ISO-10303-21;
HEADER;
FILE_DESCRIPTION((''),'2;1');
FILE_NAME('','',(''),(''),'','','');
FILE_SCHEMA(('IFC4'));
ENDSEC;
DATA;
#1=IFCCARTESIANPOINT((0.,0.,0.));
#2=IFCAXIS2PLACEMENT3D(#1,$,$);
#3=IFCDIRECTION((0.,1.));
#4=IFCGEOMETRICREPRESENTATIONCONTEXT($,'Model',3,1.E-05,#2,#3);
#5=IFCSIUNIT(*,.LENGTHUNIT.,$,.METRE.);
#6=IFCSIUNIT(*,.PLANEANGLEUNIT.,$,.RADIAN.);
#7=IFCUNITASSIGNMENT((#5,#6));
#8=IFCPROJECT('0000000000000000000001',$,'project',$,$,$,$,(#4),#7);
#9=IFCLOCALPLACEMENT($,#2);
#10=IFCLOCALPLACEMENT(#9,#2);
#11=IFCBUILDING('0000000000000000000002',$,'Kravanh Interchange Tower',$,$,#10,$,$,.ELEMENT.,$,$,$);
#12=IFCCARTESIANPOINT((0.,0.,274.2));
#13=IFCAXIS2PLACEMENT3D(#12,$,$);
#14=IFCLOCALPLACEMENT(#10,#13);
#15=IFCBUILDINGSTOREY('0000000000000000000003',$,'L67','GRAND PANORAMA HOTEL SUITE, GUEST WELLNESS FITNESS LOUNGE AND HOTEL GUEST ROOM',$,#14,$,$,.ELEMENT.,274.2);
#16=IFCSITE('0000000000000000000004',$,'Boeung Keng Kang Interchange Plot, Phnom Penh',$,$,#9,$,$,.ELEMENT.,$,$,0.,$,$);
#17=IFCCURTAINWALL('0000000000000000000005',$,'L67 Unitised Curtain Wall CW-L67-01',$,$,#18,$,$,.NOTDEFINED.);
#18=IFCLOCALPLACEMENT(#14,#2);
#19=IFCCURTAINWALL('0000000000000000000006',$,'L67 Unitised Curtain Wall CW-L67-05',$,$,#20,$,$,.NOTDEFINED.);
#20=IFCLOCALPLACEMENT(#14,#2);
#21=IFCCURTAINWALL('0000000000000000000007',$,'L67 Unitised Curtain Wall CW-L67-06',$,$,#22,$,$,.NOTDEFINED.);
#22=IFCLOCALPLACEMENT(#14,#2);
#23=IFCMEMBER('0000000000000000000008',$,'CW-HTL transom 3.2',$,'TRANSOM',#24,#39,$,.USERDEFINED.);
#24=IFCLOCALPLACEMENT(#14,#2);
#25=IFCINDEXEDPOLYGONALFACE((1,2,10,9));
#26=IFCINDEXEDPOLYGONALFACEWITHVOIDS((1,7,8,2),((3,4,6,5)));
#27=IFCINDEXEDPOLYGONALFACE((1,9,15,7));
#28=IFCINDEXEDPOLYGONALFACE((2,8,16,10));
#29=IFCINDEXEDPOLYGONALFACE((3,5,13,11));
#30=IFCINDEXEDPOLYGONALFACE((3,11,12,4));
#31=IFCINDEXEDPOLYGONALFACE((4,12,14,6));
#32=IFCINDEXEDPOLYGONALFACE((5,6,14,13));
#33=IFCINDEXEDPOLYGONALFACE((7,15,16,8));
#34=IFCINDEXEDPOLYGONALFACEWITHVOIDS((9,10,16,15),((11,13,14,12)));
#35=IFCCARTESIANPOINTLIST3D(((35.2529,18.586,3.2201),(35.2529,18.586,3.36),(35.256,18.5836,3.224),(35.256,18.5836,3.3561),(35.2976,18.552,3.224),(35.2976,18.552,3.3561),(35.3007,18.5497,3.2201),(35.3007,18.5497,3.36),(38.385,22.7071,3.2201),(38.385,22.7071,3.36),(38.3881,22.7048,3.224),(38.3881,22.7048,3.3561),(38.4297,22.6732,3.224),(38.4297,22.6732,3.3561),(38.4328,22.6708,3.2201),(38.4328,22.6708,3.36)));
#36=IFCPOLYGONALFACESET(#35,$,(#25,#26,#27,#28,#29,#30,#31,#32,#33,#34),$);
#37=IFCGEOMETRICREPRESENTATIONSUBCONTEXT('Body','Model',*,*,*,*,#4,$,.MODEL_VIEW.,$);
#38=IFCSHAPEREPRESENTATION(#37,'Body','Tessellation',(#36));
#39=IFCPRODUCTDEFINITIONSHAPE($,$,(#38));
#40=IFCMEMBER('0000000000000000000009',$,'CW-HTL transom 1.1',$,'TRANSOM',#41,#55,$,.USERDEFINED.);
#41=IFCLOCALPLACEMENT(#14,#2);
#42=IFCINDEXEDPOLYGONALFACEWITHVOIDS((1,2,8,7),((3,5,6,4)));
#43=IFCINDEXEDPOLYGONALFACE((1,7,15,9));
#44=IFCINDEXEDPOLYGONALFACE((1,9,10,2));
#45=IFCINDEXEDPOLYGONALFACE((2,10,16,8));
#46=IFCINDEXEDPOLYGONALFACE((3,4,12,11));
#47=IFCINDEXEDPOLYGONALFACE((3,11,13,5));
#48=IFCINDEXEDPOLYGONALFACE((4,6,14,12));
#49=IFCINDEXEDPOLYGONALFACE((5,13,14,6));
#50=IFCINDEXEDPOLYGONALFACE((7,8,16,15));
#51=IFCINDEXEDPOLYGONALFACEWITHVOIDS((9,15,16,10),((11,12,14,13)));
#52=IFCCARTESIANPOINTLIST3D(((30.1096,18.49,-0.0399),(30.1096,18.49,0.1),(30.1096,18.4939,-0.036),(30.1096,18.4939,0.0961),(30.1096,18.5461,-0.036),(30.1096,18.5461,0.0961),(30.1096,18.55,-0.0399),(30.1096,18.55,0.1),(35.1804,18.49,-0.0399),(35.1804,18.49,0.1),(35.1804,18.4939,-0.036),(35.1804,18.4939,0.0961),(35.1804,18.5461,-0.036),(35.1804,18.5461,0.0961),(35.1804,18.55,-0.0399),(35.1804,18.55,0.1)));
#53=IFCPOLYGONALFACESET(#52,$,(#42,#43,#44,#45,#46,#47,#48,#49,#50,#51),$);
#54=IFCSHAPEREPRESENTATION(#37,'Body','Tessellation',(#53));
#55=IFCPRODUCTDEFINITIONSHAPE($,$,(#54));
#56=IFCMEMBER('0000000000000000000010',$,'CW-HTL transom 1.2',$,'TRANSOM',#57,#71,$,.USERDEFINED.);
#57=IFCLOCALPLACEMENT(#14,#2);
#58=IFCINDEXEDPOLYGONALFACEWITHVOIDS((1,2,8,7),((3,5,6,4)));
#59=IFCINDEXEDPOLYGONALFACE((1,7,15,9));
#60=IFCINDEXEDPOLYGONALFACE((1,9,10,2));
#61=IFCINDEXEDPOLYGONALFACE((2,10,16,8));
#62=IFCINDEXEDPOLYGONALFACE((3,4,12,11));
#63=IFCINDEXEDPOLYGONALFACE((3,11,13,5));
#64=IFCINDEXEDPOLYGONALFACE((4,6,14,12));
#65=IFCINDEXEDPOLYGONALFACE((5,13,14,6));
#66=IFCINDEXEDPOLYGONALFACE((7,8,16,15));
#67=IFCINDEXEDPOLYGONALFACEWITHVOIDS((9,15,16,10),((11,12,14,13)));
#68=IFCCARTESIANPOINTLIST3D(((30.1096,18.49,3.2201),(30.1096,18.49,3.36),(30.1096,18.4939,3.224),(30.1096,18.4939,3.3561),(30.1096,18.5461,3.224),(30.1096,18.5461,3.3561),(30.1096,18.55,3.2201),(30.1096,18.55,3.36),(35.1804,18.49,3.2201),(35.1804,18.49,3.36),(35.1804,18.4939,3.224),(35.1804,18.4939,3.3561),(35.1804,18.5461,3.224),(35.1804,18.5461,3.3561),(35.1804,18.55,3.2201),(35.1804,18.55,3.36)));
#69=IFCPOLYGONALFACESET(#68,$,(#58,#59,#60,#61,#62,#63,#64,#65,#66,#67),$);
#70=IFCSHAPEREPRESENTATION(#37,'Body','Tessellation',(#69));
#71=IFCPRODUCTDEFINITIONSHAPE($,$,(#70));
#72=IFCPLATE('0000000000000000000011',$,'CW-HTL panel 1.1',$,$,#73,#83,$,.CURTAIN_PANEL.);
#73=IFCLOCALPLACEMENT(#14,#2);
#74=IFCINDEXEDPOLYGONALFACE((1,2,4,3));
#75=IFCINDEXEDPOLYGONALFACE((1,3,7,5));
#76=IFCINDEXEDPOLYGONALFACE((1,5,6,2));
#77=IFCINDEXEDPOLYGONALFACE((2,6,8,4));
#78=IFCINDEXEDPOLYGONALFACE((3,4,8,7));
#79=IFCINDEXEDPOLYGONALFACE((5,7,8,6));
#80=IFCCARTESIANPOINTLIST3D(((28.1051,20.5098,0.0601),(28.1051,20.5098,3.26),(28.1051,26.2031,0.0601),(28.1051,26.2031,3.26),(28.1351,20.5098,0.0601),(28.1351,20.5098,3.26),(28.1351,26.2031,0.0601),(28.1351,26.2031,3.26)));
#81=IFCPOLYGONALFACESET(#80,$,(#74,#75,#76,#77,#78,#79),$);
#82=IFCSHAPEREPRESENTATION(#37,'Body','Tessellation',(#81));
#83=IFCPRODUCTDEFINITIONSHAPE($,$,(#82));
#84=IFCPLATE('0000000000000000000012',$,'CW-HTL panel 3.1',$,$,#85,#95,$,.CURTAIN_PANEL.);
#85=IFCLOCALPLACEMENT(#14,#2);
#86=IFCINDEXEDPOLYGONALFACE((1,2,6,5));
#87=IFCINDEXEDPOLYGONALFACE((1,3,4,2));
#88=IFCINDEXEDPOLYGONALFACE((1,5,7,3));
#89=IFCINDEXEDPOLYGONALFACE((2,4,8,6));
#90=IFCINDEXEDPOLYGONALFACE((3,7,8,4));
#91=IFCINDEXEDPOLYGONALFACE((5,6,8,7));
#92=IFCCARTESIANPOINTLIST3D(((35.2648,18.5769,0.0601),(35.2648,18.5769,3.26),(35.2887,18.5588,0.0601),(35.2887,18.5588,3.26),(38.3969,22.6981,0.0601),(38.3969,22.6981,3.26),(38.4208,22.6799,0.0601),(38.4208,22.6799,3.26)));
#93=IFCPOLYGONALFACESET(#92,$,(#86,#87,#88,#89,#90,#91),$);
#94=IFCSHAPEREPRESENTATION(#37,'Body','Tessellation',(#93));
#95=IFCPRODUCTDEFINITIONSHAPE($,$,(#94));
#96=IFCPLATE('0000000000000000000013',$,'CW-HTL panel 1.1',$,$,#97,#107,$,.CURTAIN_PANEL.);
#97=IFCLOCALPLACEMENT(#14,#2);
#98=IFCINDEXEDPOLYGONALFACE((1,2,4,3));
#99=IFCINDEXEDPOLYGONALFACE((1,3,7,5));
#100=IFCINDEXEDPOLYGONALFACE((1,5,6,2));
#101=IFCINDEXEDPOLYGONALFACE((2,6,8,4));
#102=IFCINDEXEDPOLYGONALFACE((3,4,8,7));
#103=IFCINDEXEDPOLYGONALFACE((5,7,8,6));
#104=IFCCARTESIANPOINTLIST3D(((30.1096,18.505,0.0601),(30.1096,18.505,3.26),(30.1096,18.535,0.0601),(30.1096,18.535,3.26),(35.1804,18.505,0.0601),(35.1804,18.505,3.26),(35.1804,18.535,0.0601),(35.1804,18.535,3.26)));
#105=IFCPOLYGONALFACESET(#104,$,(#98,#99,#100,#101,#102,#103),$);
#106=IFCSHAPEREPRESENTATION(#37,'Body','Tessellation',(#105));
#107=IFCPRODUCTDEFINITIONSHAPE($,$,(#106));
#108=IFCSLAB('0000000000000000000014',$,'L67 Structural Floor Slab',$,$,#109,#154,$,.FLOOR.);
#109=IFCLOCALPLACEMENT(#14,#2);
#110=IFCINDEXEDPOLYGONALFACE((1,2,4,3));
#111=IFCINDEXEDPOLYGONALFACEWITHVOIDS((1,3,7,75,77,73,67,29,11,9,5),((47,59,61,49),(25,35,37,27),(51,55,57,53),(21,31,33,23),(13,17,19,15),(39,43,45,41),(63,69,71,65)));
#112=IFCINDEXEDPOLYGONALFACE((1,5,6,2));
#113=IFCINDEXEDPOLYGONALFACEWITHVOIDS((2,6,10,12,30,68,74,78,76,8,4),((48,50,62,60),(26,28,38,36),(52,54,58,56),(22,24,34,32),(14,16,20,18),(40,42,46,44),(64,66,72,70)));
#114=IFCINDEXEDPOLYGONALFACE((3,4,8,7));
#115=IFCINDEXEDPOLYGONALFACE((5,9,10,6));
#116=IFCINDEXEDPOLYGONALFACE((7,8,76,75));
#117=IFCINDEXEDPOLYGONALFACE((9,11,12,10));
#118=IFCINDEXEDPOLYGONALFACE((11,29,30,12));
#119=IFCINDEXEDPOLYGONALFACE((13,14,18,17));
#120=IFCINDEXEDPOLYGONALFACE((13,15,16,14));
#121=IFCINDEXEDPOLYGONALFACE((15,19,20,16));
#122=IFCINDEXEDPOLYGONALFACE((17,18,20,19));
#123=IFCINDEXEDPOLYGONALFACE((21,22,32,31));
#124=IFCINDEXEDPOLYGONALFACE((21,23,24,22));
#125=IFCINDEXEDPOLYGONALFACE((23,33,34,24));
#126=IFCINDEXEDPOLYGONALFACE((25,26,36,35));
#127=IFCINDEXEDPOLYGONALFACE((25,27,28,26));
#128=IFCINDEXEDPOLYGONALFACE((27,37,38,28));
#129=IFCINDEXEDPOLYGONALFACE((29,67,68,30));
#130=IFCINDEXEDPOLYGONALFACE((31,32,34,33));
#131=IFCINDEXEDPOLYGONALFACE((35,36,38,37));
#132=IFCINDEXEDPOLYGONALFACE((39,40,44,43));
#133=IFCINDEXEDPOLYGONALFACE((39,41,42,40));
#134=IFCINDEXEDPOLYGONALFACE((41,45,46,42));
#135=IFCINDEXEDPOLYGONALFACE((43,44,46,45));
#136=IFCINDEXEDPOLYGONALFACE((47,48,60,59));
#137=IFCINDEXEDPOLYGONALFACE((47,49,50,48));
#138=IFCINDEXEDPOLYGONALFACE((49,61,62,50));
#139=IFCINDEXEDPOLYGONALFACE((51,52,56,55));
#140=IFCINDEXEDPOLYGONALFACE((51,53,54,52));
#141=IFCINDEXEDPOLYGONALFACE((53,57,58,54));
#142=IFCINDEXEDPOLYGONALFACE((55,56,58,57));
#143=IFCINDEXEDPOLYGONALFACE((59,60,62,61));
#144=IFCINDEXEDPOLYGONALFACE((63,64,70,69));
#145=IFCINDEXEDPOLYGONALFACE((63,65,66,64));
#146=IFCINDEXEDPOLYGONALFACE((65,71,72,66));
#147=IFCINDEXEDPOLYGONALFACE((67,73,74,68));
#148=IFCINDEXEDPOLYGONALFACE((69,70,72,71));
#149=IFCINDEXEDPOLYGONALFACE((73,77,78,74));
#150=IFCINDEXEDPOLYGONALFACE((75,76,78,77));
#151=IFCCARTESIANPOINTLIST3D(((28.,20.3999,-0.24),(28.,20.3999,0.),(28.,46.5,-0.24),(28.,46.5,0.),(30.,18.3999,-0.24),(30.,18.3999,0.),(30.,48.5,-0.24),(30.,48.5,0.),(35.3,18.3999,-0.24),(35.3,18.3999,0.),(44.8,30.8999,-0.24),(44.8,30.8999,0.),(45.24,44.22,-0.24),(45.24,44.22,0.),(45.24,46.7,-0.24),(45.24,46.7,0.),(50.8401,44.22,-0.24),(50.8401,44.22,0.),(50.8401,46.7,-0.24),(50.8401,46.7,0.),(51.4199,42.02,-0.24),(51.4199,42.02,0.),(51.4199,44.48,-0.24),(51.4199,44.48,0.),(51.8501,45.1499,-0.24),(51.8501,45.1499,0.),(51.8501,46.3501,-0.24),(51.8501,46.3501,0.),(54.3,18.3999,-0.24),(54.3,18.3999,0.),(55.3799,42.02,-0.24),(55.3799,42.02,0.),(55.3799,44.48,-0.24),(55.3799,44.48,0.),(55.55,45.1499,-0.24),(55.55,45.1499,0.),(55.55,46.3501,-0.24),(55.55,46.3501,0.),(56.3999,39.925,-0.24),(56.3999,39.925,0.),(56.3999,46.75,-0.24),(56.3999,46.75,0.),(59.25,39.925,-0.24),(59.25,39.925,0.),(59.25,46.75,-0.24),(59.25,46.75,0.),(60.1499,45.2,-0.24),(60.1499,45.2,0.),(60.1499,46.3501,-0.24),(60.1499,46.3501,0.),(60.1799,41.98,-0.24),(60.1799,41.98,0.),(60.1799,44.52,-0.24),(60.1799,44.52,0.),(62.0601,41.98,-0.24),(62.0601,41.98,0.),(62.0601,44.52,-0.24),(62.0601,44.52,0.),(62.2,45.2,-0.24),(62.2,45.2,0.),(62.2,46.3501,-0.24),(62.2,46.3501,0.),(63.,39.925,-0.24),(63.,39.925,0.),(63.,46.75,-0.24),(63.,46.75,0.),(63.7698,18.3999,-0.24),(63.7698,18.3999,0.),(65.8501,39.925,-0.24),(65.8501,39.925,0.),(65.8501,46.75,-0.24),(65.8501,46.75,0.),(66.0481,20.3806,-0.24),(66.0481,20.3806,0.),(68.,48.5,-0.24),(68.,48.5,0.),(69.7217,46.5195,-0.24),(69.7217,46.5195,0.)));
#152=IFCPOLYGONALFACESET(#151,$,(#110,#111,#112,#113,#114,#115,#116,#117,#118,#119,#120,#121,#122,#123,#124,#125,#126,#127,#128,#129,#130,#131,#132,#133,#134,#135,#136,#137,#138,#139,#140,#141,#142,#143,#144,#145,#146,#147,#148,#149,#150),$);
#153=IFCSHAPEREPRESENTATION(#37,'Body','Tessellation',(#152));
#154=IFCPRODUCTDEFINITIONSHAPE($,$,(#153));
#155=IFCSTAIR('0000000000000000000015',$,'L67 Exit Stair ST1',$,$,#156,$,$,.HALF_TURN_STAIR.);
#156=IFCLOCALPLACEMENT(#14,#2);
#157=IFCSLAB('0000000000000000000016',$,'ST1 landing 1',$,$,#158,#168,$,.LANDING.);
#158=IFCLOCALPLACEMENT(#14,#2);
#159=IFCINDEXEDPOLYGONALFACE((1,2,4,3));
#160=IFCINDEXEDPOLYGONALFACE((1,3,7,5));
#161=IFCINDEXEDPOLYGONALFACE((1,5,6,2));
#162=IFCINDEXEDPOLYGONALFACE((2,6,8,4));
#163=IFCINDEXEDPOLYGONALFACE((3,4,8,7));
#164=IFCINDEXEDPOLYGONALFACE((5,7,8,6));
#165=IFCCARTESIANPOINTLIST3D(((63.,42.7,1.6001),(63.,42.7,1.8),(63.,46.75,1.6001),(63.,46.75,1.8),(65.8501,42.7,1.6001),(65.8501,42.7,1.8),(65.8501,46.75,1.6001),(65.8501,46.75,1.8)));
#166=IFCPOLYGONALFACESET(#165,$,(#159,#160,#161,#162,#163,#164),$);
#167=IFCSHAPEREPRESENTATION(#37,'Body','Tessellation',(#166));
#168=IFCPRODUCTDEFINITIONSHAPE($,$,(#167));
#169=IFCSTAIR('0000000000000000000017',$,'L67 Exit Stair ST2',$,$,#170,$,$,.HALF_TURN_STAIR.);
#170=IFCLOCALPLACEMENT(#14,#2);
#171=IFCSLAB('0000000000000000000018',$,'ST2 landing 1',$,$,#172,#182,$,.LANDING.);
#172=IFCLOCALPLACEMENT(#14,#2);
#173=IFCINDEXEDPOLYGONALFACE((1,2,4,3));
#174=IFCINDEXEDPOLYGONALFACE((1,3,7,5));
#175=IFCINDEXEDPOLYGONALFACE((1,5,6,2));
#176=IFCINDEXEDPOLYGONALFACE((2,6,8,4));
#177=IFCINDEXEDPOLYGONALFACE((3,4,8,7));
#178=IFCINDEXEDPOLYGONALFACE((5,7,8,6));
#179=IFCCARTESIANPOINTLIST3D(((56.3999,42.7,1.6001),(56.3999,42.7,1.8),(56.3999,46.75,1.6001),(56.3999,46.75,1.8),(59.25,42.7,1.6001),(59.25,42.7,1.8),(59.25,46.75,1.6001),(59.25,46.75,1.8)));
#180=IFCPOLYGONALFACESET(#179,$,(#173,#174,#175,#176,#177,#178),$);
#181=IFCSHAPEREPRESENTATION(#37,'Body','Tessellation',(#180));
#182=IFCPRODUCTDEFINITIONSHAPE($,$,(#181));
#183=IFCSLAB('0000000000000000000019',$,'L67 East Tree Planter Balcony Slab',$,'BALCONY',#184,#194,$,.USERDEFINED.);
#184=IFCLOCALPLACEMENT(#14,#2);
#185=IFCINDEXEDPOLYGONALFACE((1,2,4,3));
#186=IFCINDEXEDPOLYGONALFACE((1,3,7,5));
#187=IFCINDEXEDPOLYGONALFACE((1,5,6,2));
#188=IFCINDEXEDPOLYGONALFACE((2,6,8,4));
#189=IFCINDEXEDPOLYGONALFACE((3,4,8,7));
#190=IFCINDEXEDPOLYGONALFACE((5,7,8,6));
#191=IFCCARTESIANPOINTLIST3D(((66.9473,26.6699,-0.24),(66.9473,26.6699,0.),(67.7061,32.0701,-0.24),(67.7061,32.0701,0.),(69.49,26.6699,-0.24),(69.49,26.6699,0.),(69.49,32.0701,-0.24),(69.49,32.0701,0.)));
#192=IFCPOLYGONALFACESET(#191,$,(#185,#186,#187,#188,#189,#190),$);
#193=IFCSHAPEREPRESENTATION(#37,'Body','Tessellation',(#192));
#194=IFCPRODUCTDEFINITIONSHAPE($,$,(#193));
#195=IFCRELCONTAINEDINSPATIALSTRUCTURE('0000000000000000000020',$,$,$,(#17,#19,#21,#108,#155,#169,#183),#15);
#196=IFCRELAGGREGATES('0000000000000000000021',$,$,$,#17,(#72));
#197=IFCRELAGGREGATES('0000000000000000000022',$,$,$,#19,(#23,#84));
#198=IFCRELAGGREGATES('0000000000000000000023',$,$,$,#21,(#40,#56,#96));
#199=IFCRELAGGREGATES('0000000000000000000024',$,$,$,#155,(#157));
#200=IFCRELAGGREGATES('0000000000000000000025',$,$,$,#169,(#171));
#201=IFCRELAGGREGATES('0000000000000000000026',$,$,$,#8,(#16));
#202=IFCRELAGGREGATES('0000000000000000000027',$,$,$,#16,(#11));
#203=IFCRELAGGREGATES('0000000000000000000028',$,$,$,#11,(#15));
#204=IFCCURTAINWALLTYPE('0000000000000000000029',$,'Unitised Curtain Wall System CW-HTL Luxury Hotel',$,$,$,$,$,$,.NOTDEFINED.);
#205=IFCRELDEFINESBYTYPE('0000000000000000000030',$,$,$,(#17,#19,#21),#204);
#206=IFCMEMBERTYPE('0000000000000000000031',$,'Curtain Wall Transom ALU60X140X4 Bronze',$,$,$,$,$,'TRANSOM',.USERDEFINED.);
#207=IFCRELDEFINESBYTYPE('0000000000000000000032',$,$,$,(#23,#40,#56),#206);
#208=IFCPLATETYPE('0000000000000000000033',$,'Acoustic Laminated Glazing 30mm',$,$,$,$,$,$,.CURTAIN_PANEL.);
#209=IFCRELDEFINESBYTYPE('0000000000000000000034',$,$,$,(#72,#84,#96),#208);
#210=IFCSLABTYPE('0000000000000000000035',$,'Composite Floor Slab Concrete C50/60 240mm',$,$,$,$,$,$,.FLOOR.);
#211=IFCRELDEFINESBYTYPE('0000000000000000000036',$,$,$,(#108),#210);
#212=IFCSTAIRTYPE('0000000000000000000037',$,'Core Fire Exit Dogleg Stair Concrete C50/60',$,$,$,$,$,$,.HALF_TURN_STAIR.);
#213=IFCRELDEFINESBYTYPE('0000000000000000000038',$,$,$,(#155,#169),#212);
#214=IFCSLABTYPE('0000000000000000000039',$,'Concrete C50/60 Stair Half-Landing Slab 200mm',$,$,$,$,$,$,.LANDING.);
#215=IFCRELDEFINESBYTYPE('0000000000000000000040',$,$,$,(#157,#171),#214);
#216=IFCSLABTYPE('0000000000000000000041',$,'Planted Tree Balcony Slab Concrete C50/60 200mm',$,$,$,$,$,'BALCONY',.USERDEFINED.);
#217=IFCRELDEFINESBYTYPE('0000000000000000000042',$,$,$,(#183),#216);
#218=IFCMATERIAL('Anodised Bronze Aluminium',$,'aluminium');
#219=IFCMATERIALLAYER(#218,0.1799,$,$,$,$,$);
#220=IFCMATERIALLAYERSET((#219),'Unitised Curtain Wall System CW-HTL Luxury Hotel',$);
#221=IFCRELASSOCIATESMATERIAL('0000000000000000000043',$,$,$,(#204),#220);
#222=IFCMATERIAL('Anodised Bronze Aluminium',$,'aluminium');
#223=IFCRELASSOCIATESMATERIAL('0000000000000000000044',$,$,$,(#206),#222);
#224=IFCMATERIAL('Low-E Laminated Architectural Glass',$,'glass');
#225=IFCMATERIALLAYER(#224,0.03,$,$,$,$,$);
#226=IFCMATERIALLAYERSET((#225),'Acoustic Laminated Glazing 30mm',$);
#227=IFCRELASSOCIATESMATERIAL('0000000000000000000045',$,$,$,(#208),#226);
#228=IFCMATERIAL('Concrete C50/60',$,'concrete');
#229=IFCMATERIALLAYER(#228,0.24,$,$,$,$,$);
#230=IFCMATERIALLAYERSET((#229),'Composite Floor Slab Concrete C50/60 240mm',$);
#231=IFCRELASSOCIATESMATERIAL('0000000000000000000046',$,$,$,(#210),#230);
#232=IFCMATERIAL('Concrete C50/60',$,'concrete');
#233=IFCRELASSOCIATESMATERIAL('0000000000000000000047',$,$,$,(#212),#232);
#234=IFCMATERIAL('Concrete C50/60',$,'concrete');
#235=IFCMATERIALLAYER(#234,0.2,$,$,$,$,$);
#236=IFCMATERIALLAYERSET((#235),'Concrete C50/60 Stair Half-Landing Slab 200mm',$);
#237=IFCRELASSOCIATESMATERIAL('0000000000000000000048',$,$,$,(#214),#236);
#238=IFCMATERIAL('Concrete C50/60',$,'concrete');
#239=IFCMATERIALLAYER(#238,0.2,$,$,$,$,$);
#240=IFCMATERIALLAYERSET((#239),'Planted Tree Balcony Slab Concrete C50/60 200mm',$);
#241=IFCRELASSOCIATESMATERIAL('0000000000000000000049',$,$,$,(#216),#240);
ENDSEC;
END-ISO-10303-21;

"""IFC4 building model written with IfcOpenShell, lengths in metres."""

from ifc_helpers import new_model, si_unit, direction, frame, origin, origin_2d, place, context, subcontext, project, spatial, polyline, rectangle, hollow_rectangle, outline, extrude, material, layer, layer_set, material_profile, profile_set, type_object, element, aggregate, save


model = new_model("IFC4")

# Units and contexts
model_context = context("Model", 3, precision=1e-05, world=origin(), true_north=direction((0.0, 1.0)))
body_context = subcontext(model_context, "Body", "Model", "MODEL_VIEW")
ifc_project = project(units=[si_unit("LENGTHUNIT", "METRE"), si_unit("PLANEANGLEUNIT", "RADIAN")], contexts=[model_context])

# Site, building, storey
site_placement = place(None, origin())
site = spatial("IfcSite", under=ifc_project, at=site_placement, Name="Boeung Keng Kang Interchange Plot, Phnom Penh", CompositionType="ELEMENT", RefElevation=0.0)
building_placement = place(site_placement, origin())
building = spatial("IfcBuilding", under=site, at=building_placement, Name="Kravanh Interchange Tower", CompositionType="ELEMENT")
storey_placement = place(building_placement, frame((0.0, 0.0, 274.2)))
storey = spatial("IfcBuildingStorey", under=building, at=storey_placement, Name="L67", Description="GRAND PANORAMA HOTEL SUITE, GUEST WELLNESS FITNESS LOUNGE AND HOTEL GUEST ROOM", CompositionType="ELEMENT", Elevation=274.2)

# Curtain walls
ifc_material_1 = material(Name="Anodised Bronze Aluminium", Category="aluminium")
ifc_layer_1 = layer(ifc_material_1, 0.1799)
ifc_layer_set_1 = layer_set([ifc_layer_1], Name="Unitised Curtain Wall System CW-HTL Luxury Hotel")
curtain_wall_type = type_object("IfcCurtainWallType", Name="Unitised Curtain Wall System CW-HTL Luxury Hotel", PredefinedType="NOTDEFINED", material=ifc_layer_set_1)
curtain_wall_1_placement = place(storey_placement, origin())
curtain_wall_1 = element("IfcCurtainWall", 1, at=curtain_wall_1_placement, inside=storey, type_object=curtain_wall_type, Name="L67 Unitised Curtain Wall CW-L67-01", PredefinedType="NOTDEFINED")
curtain_wall_2_placement = place(storey_placement, origin())
curtain_wall_2 = element("IfcCurtainWall", 2, at=curtain_wall_2_placement, inside=storey, type_object=curtain_wall_type, Name="L67 Unitised Curtain Wall CW-L67-05", PredefinedType="NOTDEFINED")
curtain_wall_3_placement = place(storey_placement, origin())
curtain_wall_3 = element("IfcCurtainWall", 3, at=curtain_wall_3_placement, inside=storey, type_object=curtain_wall_type, Name="L67 Unitised Curtain Wall CW-L67-06", PredefinedType="NOTDEFINED")

# Members
ifc_material_2 = material(Name="Anodised Bronze Aluminium", Category="aluminium")
ifc_material_profile_1 = material_profile(ifc_material_2, hollow_rectangle(XDim=0.0601, YDim=0.1399, WallThickness=0.0039, at=origin_2d()), Name="ALU60X140X4")
ifc_profile_set_1 = profile_set([ifc_material_profile_1], Name="Anodised Bronze Aluminium")
member_type_1 = type_object("IfcMemberType", Name="Curtain Wall Transom ALU60X140X4 Bronze", ElementType="TRANSOM", PredefinedType="USERDEFINED", material=ifc_profile_set_1)
member_1_placement = place(storey_placement, frame((38.4089, 22.689, 3.29), z_axis=(-0.605089, -0.796158, 0.0), x_axis=(0.796158, -0.605089, 0.0)))
member_1 = element("IfcMember", 4, at=member_1_placement, type_object=member_type_1, Name="CW-HTL transom 3.2", ObjectType="TRANSOM", PredefinedType="USERDEFINED", context=body_context, shape_type="SweptSolid", body=[
    extrude(hollow_rectangle(XDim=0.0601, YDim=0.1399, WallThickness=0.0039, at=origin_2d()), origin(), (0.0, 0.0, 1.0), 5.1763),
])
member_2_placement = place(storey_placement, frame((35.1804, 18.52, 0.03), z_axis=(-1.0, 0.0, 0.0), x_axis=(0.0, -1.0, 0.0)))
member_2 = element("IfcMember", 5, at=member_2_placement, type_object=member_type_1, Name="CW-HTL transom 1.1", ObjectType="TRANSOM", PredefinedType="USERDEFINED", context=body_context, shape_type="SweptSolid", body=[
    extrude(hollow_rectangle(XDim=0.0601, YDim=0.1399, WallThickness=0.0039, at=origin_2d()), origin(), (0.0, 0.0, 1.0), 5.0708),
])
member_3_placement = place(storey_placement, frame((35.1804, 18.52, 3.29), z_axis=(-1.0, 0.0, 0.0), x_axis=(0.0, -1.0, 0.0)))
member_3 = element("IfcMember", 6, at=member_3_placement, type_object=member_type_1, Name="CW-HTL transom 1.2", ObjectType="TRANSOM", PredefinedType="USERDEFINED", context=body_context, shape_type="SweptSolid", body=[
    extrude(hollow_rectangle(XDim=0.0601, YDim=0.1399, WallThickness=0.0039, at=origin_2d()), origin(), (0.0, 0.0, 1.0), 5.0708),
])

# Plates
ifc_material_3 = material(Name="Low-E Laminated Architectural Glass", Category="glass")
ifc_layer_2 = layer(ifc_material_3, 0.03)
ifc_layer_set_2 = layer_set([ifc_layer_2], Name="Acoustic Laminated Glazing 30mm")
plate_type = type_object("IfcPlateType", Name="Acoustic Laminated Glazing 30mm", PredefinedType="CURTAIN_PANEL", material=ifc_layer_set_2)
plate_1_placement = place(storey_placement, frame((28.1201, 23.3564, 0.0601), z_axis=(0.0, 0.0, 1.0), x_axis=(0.0, 1.0, 0.0)))
plate_1 = element("IfcPlate", 7, at=plate_1_placement, type_object=plate_type, Name="CW-HTL panel 1.1", PredefinedType="CURTAIN_PANEL", context=body_context, shape_type="SweptSolid", body=[
    extrude(rectangle(XDim=5.6934, YDim=0.03, at=origin_2d()), origin(), (0.0, 0.0, 1.0), 3.2),
])
aggregate(curtain_wall_1, [plate_1])
plate_2_placement = place(storey_placement, frame((36.8428, 20.6284, 0.0601), z_axis=(0.0, 0.0, 1.0), x_axis=(-0.605083, -0.796162, 0.0)))
plate_2 = element("IfcPlate", 8, at=plate_2_placement, type_object=plate_type, Name="CW-HTL panel 3.1", PredefinedType="CURTAIN_PANEL", context=body_context, shape_type="SweptSolid", body=[
    extrude(rectangle(XDim=5.1763, YDim=0.03, at=origin_2d()), origin(), (0.0, 0.0, 1.0), 3.2),
])
aggregate(curtain_wall_2, [member_1, plate_2])
plate_3_placement = place(storey_placement, frame((32.645, 18.52, 0.0601), z_axis=(0.0, 0.0, 1.0), x_axis=(-1.0, 0.0, 0.0)))
plate_3 = element("IfcPlate", 9, at=plate_3_placement, type_object=plate_type, Name="CW-HTL panel 1.1", PredefinedType="CURTAIN_PANEL", context=body_context, shape_type="SweptSolid", body=[
    extrude(rectangle(XDim=5.0708, YDim=0.03, at=origin_2d()), origin(), (0.0, 0.0, 1.0), 3.2),
])
aggregate(curtain_wall_3, [member_2, member_3, plate_3])

# Slab
ifc_material_4 = material(Name="Concrete C50/60", Category="concrete")
ifc_layer_3 = layer(ifc_material_4, 0.24)
ifc_layer_set_3 = layer_set([ifc_layer_3], Name="Composite Floor Slab Concrete C50/60 240mm")
slab_type_1 = type_object("IfcSlabType", Name="Composite Floor Slab Concrete C50/60 240mm", PredefinedType="FLOOR", material=ifc_layer_set_3)
slab_1_placement = place(storey_placement, frame((0.0, 0.0, -0.24)))
element("IfcSlab", 10, at=slab_1_placement, inside=storey, type_object=slab_type_1, Name="L67 Structural Floor Slab", PredefinedType="FLOOR", context=body_context, shape_type="SweptSolid", body=[
    extrude(outline(polyline([(28.0, 20.3999), (30.0, 18.3999), (35.3, 18.3999), (44.8, 30.8999), (54.3, 18.3999), (63.7698, 18.3999), (66.0481, 20.3806), (69.7217, 46.5195), (68.0, 48.5), (30.0, 48.5), (28.0, 46.5), (28.0, 20.3999)]), holes=[polyline([(65.8501, 39.925), (65.8501, 46.75), (63.0, 46.75), (63.0, 39.925), (65.8501, 39.925)]), polyline([(59.25, 39.925), (59.25, 46.75), (56.3999, 46.75), (56.3999, 39.925), (59.25, 39.925)]), polyline([(45.24, 44.22), (50.8401, 44.22), (50.8401, 46.7), (45.24, 46.7), (45.24, 44.22)]), polyline([(51.4199, 42.02), (55.3799, 42.02), (55.3799, 44.48), (51.4199, 44.48), (51.4199, 42.02)]), polyline([(60.1799, 41.98), (62.0601, 41.98), (62.0601, 44.52), (60.1799, 44.52), (60.1799, 41.98)]), polyline([(60.1499, 45.2), (62.2, 45.2), (62.2, 46.3501), (60.1499, 46.3501), (60.1499, 45.2)]), polyline([(51.8501, 45.1499), (55.55, 45.1499), (55.55, 46.3501), (51.8501, 46.3501), (51.8501, 45.1499)])]), origin(), (0.0, 0.0, 1.0), 0.24),
])

# Stairs, slabs
ifc_material_5 = material(Name="Concrete C50/60", Category="concrete")
stair_type = type_object("IfcStairType", Name="Core Fire Exit Dogleg Stair Concrete C50/60", PredefinedType="HALF_TURN_STAIR", material=ifc_material_5)
stair_1_placement = place(storey_placement, origin())
stair_1 = element("IfcStair", 11, at=stair_1_placement, inside=storey, type_object=stair_type, Name="L67 Exit Stair ST1", PredefinedType="HALF_TURN_STAIR")
ifc_material_6 = material(Name="Concrete C50/60", Category="concrete")
ifc_layer_4 = layer(ifc_material_6, 0.2)
ifc_layer_set_4 = layer_set([ifc_layer_4], Name="Concrete C50/60 Stair Half-Landing Slab 200mm")
slab_type_2 = type_object("IfcSlabType", Name="Concrete C50/60 Stair Half-Landing Slab 200mm", PredefinedType="LANDING", material=ifc_layer_set_4)
slab_2_placement = place(storey_placement, frame((0.0, 0.0, 1.6001)))
slab_2 = element("IfcSlab", 12, at=slab_2_placement, type_object=slab_type_2, Name="ST1 landing 1", PredefinedType="LANDING", context=body_context, shape_type="SweptSolid", body=[
    extrude(outline(polyline([(65.8501, 42.7), (65.8501, 46.75), (63.0, 46.75), (63.0, 42.7), (65.8501, 42.7)])), origin(), (0.0, 0.0, 1.0), 0.2),
])
aggregate(stair_1, [slab_2])
stair_2_placement = place(storey_placement, origin())
stair_2 = element("IfcStair", 13, at=stair_2_placement, inside=storey, type_object=stair_type, Name="L67 Exit Stair ST2", PredefinedType="HALF_TURN_STAIR")
slab_3_placement = place(storey_placement, frame((0.0, 0.0, 1.6001)))
slab_3 = element("IfcSlab", 14, at=slab_3_placement, type_object=slab_type_2, Name="ST2 landing 1", PredefinedType="LANDING", context=body_context, shape_type="SweptSolid", body=[
    extrude(outline(polyline([(59.25, 42.7), (59.25, 46.75), (56.3999, 46.75), (56.3999, 42.7), (59.25, 42.7)])), origin(), (0.0, 0.0, 1.0), 0.2),
])
aggregate(stair_2, [slab_3])

# Slab
ifc_material_7 = material(Name="Concrete C50/60", Category="concrete")
ifc_layer_5 = layer(ifc_material_7, 0.2)
ifc_layer_set_5 = layer_set([ifc_layer_5], Name="Planted Tree Balcony Slab Concrete C50/60 200mm")
slab_type_3 = type_object("IfcSlabType", Name="Planted Tree Balcony Slab Concrete C50/60 200mm", ElementType="BALCONY", PredefinedType="USERDEFINED", material=ifc_layer_set_5)
slab_4_placement = place(storey_placement, frame((0.0, 0.0, -0.24)))
element("IfcSlab", 15, at=slab_4_placement, inside=storey, type_object=slab_type_3, Name="L67 East Tree Planter Balcony Slab", ObjectType="BALCONY", PredefinedType="USERDEFINED", context=body_context, shape_type="SweptSolid", body=[
    extrude(outline(polyline([(69.49, 32.0701), (69.49, 26.6699), (66.9473, 26.6699), (67.7061, 32.0701), (69.49, 32.0701)])), origin(), (0.0, 0.0, 1.0), 0.24),
])

save(model, "model.ifc")
